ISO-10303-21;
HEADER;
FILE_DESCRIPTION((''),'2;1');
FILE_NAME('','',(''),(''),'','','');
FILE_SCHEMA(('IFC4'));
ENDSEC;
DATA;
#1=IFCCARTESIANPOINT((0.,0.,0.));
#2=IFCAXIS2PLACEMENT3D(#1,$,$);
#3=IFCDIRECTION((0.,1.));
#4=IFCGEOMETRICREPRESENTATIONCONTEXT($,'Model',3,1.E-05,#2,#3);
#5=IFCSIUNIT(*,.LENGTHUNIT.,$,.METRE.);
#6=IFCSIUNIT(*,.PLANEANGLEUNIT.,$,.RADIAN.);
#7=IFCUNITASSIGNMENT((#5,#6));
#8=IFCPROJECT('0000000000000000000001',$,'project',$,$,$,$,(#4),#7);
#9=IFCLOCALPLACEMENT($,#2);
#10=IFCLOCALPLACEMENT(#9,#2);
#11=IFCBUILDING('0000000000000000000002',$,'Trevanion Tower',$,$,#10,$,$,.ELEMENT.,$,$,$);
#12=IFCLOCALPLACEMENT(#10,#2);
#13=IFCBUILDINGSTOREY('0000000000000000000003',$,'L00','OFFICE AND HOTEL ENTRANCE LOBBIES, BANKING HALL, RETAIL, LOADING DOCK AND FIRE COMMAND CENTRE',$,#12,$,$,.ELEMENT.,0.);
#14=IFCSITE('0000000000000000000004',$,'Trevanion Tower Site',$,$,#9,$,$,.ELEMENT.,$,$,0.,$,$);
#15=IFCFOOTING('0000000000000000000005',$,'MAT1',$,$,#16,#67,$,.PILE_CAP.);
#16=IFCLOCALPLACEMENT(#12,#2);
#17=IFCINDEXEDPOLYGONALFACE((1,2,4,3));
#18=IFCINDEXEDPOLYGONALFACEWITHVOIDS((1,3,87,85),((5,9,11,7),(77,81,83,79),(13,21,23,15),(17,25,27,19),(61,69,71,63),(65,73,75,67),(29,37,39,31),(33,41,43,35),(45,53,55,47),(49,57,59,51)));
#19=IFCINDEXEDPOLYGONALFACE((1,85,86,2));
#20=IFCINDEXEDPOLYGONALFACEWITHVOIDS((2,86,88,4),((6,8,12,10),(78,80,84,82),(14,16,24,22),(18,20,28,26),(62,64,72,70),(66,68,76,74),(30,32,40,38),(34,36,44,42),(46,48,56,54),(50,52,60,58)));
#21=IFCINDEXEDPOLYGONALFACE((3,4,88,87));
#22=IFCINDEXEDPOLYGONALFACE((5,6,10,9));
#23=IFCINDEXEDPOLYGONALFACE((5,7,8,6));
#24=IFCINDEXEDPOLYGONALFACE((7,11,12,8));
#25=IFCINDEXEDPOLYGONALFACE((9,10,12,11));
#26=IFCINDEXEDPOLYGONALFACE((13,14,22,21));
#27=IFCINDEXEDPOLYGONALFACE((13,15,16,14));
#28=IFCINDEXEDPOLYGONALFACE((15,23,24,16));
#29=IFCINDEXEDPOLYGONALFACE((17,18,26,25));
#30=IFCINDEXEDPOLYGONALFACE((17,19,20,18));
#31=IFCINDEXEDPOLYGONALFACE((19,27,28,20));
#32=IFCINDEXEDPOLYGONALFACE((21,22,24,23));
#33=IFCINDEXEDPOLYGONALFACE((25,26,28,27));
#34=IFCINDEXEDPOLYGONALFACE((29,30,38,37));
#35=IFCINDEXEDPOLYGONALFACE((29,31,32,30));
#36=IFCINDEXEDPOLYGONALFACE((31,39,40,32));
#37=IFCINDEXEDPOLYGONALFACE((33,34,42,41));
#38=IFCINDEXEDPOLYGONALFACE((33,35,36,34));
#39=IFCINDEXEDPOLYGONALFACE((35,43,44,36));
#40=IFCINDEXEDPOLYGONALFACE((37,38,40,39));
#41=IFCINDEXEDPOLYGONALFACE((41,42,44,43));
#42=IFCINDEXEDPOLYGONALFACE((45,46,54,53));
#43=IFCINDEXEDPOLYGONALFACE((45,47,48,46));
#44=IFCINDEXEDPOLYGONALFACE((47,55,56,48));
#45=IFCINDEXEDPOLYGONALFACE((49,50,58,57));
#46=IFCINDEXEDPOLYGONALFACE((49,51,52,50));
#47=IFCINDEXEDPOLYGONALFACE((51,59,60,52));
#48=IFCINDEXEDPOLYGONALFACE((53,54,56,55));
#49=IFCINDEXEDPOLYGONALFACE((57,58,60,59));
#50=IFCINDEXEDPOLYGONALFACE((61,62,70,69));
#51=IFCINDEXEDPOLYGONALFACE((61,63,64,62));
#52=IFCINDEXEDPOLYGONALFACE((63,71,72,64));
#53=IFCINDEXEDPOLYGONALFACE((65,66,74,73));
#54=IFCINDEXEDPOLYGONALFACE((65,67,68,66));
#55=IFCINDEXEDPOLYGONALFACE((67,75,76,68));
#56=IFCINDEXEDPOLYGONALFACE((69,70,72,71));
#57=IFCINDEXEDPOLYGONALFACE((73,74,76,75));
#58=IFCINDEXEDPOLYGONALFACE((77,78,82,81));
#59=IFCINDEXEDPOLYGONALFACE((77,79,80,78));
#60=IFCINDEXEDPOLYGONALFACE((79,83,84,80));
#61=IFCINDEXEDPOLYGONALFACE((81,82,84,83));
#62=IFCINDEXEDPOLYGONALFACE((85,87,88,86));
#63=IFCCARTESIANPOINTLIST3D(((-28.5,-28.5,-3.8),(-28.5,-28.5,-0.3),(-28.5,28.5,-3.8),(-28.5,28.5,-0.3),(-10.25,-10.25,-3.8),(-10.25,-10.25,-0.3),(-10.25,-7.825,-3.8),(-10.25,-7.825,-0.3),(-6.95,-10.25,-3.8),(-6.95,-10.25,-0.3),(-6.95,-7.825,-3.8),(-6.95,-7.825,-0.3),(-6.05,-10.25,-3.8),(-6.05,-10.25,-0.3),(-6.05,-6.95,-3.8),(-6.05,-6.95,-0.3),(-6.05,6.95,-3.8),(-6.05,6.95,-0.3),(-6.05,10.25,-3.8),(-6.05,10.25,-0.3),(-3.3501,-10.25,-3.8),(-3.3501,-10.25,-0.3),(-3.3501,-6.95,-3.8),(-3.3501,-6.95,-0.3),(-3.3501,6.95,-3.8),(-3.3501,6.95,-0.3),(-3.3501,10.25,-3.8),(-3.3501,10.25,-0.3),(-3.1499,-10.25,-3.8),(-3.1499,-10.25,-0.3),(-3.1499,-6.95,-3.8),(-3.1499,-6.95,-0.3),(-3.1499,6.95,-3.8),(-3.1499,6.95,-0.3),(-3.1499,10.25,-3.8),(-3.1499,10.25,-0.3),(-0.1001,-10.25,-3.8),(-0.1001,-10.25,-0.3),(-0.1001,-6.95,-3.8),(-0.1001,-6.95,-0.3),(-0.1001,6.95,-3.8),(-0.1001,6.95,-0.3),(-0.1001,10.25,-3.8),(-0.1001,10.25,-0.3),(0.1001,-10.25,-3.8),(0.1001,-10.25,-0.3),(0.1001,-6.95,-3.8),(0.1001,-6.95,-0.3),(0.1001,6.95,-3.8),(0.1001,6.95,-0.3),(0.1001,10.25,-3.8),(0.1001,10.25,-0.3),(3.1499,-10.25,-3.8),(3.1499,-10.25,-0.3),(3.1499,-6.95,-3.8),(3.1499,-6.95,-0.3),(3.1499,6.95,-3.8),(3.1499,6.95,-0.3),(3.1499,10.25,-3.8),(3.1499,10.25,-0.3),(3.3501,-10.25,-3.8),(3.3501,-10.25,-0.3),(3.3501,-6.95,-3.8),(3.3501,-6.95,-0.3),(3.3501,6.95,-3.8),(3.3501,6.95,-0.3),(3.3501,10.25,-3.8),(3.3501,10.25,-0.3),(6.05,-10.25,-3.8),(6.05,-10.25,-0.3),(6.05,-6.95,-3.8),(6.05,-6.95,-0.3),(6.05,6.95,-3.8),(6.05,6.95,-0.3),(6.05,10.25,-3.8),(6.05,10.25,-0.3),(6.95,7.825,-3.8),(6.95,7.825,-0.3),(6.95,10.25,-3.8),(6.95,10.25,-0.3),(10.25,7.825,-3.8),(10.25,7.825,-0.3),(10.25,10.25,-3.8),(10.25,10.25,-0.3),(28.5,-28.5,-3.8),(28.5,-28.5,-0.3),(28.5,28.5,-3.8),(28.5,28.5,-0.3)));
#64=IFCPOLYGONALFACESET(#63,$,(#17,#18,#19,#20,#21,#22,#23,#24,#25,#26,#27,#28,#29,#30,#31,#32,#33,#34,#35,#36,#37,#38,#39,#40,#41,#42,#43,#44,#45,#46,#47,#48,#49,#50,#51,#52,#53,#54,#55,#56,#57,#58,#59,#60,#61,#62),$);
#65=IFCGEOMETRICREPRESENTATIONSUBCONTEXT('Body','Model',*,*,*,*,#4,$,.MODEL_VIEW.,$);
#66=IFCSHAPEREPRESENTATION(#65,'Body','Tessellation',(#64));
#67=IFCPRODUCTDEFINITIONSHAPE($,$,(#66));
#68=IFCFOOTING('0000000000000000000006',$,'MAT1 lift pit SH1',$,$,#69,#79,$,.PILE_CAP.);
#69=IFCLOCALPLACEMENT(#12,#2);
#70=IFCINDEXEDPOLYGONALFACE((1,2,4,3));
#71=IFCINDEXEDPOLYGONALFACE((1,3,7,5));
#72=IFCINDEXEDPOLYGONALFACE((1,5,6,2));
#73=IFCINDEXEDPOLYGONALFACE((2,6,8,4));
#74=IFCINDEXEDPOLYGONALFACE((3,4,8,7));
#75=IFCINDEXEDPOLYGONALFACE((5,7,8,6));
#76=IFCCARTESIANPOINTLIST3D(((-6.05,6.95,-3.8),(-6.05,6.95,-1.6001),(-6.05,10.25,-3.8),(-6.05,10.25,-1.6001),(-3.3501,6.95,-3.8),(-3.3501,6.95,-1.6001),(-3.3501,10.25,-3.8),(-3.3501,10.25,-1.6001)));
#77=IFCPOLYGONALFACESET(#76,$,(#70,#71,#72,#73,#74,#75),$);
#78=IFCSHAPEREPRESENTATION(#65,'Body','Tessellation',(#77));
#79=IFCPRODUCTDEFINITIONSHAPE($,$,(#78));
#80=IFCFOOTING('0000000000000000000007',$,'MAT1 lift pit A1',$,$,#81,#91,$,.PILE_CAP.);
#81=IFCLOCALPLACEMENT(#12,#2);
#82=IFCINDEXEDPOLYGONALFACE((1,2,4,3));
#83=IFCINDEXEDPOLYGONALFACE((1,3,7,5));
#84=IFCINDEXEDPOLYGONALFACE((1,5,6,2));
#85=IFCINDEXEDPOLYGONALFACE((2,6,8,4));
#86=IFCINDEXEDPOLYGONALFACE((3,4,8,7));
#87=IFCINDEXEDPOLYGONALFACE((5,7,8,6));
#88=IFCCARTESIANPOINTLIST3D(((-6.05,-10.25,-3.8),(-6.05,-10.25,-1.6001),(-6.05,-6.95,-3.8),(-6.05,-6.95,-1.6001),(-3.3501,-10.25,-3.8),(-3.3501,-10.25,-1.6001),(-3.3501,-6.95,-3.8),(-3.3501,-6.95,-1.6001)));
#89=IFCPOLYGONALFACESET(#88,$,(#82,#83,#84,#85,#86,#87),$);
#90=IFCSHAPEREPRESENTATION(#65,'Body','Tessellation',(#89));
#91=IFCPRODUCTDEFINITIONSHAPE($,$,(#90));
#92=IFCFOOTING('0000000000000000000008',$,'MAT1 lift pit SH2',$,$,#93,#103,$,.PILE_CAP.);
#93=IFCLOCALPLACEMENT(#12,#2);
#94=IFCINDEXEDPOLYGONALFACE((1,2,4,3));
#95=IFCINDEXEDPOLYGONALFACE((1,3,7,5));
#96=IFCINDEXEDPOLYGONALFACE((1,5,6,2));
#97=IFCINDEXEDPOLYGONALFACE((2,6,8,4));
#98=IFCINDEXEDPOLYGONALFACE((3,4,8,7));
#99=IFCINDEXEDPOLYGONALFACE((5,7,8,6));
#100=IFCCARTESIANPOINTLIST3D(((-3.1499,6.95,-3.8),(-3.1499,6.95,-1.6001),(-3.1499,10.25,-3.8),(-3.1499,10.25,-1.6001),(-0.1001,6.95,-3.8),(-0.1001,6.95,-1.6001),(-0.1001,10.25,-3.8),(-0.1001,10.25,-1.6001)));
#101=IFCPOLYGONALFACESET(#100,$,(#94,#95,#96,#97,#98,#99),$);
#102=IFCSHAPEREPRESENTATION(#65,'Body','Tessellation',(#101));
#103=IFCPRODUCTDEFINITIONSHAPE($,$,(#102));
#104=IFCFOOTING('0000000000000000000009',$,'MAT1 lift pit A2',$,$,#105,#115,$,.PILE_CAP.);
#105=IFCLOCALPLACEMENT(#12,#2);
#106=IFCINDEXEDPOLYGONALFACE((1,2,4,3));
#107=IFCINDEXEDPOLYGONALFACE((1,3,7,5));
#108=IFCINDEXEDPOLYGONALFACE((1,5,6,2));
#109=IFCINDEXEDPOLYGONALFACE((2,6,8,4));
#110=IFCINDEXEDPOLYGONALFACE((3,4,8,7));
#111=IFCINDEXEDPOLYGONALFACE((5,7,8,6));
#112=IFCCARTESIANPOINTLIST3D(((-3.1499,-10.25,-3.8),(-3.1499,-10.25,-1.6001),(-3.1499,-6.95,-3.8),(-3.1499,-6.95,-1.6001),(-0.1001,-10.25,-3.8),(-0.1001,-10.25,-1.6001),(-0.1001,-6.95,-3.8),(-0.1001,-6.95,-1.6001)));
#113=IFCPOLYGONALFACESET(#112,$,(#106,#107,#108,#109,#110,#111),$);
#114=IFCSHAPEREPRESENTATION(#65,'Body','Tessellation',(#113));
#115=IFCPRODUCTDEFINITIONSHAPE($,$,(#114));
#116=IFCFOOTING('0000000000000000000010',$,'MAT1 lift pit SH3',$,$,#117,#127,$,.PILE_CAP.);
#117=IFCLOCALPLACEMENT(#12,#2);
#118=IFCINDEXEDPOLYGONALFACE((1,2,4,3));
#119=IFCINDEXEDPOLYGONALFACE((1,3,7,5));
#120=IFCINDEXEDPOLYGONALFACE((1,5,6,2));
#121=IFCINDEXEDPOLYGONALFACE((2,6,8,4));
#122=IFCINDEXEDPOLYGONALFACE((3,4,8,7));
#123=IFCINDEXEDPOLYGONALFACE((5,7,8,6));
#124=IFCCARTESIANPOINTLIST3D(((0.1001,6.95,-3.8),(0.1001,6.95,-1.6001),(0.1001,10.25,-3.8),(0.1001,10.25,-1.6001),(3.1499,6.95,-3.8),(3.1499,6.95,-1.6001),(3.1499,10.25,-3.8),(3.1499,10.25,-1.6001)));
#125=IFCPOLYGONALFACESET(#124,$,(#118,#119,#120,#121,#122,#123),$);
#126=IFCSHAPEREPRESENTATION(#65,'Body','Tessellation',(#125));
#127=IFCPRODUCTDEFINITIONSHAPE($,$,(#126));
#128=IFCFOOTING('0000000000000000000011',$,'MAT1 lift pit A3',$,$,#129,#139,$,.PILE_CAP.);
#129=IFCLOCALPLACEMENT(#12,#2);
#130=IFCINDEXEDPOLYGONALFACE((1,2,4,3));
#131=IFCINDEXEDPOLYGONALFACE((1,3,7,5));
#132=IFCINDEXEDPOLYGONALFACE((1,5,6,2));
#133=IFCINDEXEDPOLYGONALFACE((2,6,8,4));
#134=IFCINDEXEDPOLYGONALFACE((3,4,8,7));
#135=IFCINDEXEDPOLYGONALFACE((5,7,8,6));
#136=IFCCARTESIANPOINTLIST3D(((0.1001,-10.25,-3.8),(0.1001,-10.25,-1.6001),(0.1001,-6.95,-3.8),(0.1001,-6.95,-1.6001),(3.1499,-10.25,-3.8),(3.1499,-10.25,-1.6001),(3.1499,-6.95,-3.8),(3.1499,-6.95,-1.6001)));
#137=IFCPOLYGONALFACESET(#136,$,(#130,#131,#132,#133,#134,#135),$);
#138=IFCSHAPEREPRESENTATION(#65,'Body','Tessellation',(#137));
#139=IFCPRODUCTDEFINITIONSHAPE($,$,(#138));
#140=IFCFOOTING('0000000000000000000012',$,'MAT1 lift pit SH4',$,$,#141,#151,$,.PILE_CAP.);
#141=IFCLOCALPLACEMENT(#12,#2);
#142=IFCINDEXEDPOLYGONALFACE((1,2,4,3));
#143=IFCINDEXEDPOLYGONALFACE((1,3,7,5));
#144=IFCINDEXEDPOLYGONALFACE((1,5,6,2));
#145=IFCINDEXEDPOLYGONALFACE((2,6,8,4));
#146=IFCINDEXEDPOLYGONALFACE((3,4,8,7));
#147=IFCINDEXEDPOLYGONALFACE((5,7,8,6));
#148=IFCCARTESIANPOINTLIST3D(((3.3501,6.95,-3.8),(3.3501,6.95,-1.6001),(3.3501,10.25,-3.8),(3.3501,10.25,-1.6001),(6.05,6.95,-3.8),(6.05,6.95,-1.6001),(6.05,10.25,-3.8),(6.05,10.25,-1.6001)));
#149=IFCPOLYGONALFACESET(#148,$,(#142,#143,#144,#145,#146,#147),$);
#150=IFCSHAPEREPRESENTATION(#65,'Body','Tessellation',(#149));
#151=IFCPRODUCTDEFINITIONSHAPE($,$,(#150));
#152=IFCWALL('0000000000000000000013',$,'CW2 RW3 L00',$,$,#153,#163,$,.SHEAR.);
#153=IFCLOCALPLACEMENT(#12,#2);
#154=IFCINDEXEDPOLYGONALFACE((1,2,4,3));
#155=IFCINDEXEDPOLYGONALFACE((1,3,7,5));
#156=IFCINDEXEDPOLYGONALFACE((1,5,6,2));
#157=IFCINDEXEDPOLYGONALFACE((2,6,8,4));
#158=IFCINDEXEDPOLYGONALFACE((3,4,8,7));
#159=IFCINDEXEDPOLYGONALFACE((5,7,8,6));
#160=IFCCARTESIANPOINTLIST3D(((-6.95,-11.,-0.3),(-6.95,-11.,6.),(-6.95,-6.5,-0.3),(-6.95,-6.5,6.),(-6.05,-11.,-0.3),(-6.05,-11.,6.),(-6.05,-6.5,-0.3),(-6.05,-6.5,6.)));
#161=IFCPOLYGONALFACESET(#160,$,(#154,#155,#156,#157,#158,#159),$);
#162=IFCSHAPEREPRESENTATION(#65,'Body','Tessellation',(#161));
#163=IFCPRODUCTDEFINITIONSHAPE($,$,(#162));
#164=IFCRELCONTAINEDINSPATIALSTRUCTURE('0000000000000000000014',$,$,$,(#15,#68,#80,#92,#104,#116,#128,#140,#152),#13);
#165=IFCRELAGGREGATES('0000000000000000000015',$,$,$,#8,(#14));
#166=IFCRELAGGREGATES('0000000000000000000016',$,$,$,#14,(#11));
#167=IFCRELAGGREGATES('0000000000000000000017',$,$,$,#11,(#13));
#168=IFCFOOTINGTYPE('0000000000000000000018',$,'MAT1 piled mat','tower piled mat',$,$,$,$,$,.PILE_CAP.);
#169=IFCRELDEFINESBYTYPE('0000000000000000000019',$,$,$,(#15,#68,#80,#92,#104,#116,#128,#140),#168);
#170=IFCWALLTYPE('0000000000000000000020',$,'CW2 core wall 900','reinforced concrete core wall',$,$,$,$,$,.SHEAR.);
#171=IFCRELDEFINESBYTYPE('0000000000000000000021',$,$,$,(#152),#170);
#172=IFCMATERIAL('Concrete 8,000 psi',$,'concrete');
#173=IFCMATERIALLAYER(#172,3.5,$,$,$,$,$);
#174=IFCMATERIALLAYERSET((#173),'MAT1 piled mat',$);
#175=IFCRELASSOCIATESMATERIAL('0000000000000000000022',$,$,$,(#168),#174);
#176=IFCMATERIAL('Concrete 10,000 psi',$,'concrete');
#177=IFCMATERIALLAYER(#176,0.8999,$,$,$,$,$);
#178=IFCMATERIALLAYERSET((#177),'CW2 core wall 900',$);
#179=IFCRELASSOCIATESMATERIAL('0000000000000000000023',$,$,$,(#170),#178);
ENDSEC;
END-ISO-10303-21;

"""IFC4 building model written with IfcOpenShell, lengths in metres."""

from ifc_helpers import new_model, si_unit, direction, frame, frame_2d, origin, place, context, subcontext, project, spatial, polyline, rectangle, outline, extrude, material, layer, layer_set, type_object, element, save


model = new_model("IFC4")

# Units and contexts
model_context = context("Model", 3, precision=1e-05, world=origin(), true_north=direction((0.0, 1.0)))
body_context = subcontext(model_context, "Body", "Model", "MODEL_VIEW")
ifc_project = project(units=[si_unit("LENGTHUNIT", "METRE"), si_unit("PLANEANGLEUNIT", "RADIAN")], contexts=[model_context])

# Site, building, storey
site_placement = place(None, origin())
site = spatial("IfcSite", under=ifc_project, at=site_placement, Name="Trevanion Tower Site", CompositionType="ELEMENT", RefElevation=0.0)
building_placement = place(site_placement, origin())
building = spatial("IfcBuilding", under=site, at=building_placement, Name="Trevanion Tower", CompositionType="ELEMENT")
storey_placement = place(building_placement, origin())
storey = spatial("IfcBuildingStorey", under=building, at=storey_placement, Name="L00", Description="OFFICE AND HOTEL ENTRANCE LOBBIES, BANKING HALL, RETAIL, LOADING DOCK AND FIRE COMMAND CENTRE", CompositionType="ELEMENT", Elevation=0.0)

# Footings
ifc_material_1 = material(Name="Concrete 8,000 psi", Category="concrete")
ifc_layer_1 = layer(ifc_material_1, 3.5)
ifc_layer_set_1 = layer_set([ifc_layer_1], Name="MAT1 piled mat")
footing_type = type_object("IfcFootingType", Name="MAT1 piled mat", Description="tower piled mat", PredefinedType="PILE_CAP", material=ifc_layer_set_1)
footing_1_placement = place(storey_placement, frame((0.0, 0.0, -3.8)))
element("IfcFooting", 1, at=footing_1_placement, inside=storey, type_object=footing_type, Name="MAT1", PredefinedType="PILE_CAP", context=body_context, shape_type="SweptSolid", body=[
    extrude(outline(polyline([(28.5, -28.5), (28.5, 28.5), (-28.5, 28.5), (-28.5, -28.5), (28.5, -28.5)]), holes=[polyline([(-6.05, 6.95), (-3.3501, 6.95), (-3.3501, 10.25), (-6.05, 10.25), (-6.05, 6.95)]), polyline([(-6.05, -10.25), (-3.3501, -10.25), (-3.3501, -6.95), (-6.05, -6.95), (-6.05, -10.25)]), polyline([(-3.1499, 6.95), (-0.1001, 6.95), (-0.1001, 10.25), (-3.1499, 10.25), (-3.1499, 6.95)]), polyline([(-3.1499, -10.25), (-0.1001, -10.25), (-0.1001, -6.95), (-3.1499, -6.95), (-3.1499, -10.25)]), polyline([(0.1001, 6.95), (3.1499, 6.95), (3.1499, 10.25), (0.1001, 10.25), (0.1001, 6.95)]), polyline([(0.1001, -10.25), (3.1499, -10.25), (3.1499, -6.95), (0.1001, -6.95), (0.1001, -10.25)]), polyline([(3.3501, 6.95), (6.05, 6.95), (6.05, 10.25), (3.3501, 10.25), (3.3501, 6.95)]), polyline([(3.3501, -10.25), (6.05, -10.25), (6.05, -6.95), (3.3501, -6.95), (3.3501, -10.25)]), polyline([(6.95, 7.825), (10.25, 7.825), (10.25, 10.25), (6.95, 10.25), (6.95, 7.825)]), polyline([(-10.25, -10.25), (-6.95, -10.25), (-6.95, -7.825), (-10.25, -7.825), (-10.25, -10.25)])]), origin(), (0.0, 0.0, 1.0), 3.5),
])
footing_2_placement = place(storey_placement, frame((0.0, 0.0, -3.8)))
element("IfcFooting", 2, at=footing_2_placement, inside=storey, type_object=footing_type, Name="MAT1 lift pit SH1", PredefinedType="PILE_CAP", context=body_context, shape_type="SweptSolid", body=[
    extrude(outline(polyline([(-6.05, 6.95), (-3.3501, 6.95), (-3.3501, 10.25), (-6.05, 10.25), (-6.05, 6.95)])), origin(), (0.0, 0.0, 1.0), 2.2),
])
footing_3_placement = place(storey_placement, frame((0.0, 0.0, -3.8)))
element("IfcFooting", 3, at=footing_3_placement, inside=storey, type_object=footing_type, Name="MAT1 lift pit A1", PredefinedType="PILE_CAP", context=body_context, shape_type="SweptSolid", body=[
    extrude(outline(polyline([(-6.05, -10.25), (-3.3501, -10.25), (-3.3501, -6.95), (-6.05, -6.95), (-6.05, -10.25)])), origin(), (0.0, 0.0, 1.0), 2.2),
])
footing_4_placement = place(storey_placement, frame((0.0, 0.0, -3.8)))
element("IfcFooting", 4, at=footing_4_placement, inside=storey, type_object=footing_type, Name="MAT1 lift pit SH2", PredefinedType="PILE_CAP", context=body_context, shape_type="SweptSolid", body=[
    extrude(outline(polyline([(-3.1499, 6.95), (-0.1001, 6.95), (-0.1001, 10.25), (-3.1499, 10.25), (-3.1499, 6.95)])), origin(), (0.0, 0.0, 1.0), 2.2),
])
footing_5_placement = place(storey_placement, frame((0.0, 0.0, -3.8)))
element("IfcFooting", 5, at=footing_5_placement, inside=storey, type_object=footing_type, Name="MAT1 lift pit A2", PredefinedType="PILE_CAP", context=body_context, shape_type="SweptSolid", body=[
    extrude(outline(polyline([(-3.1499, -10.25), (-0.1001, -10.25), (-0.1001, -6.95), (-3.1499, -6.95), (-3.1499, -10.25)])), origin(), (0.0, 0.0, 1.0), 2.2),
])
footing_6_placement = place(storey_placement, frame((0.0, 0.0, -3.8)))
element("IfcFooting", 6, at=footing_6_placement, inside=storey, type_object=footing_type, Name="MAT1 lift pit SH3", PredefinedType="PILE_CAP", context=body_context, shape_type="SweptSolid", body=[
    extrude(outline(polyline([(0.1001, 6.95), (3.1499, 6.95), (3.1499, 10.25), (0.1001, 10.25), (0.1001, 6.95)])), origin(), (0.0, 0.0, 1.0), 2.2),
])
footing_7_placement = place(storey_placement, frame((0.0, 0.0, -3.8)))
element("IfcFooting", 7, at=footing_7_placement, inside=storey, type_object=footing_type, Name="MAT1 lift pit A3", PredefinedType="PILE_CAP", context=body_context, shape_type="SweptSolid", body=[
    extrude(outline(polyline([(0.1001, -10.25), (3.1499, -10.25), (3.1499, -6.95), (0.1001, -6.95), (0.1001, -10.25)])), origin(), (0.0, 0.0, 1.0), 2.2),
])
footing_8_placement = place(storey_placement, frame((0.0, 0.0, -3.8)))
element("IfcFooting", 8, at=footing_8_placement, inside=storey, type_object=footing_type, Name="MAT1 lift pit SH4", PredefinedType="PILE_CAP", context=body_context, shape_type="SweptSolid", body=[
    extrude(outline(polyline([(3.3501, 6.95), (6.05, 6.95), (6.05, 10.25), (3.3501, 10.25), (3.3501, 6.95)])), origin(), (0.0, 0.0, 1.0), 2.2),
])

# Wall
ifc_material_2 = material(Name="Concrete 10,000 psi", Category="concrete")
ifc_layer_2 = layer(ifc_material_2, 0.8999)
ifc_layer_set_2 = layer_set([ifc_layer_2], Name="CW2 core wall 900")
wall_type_1 = type_object("IfcWallType", Name="CW2 core wall 900", Description="reinforced concrete core wall", PredefinedType="SHEAR", material=ifc_layer_set_2)
wall_1_placement = place(storey_placement, frame((-6.5, -6.5, -0.3), z_axis=(0.0, 0.0, 1.0), x_axis=(0.0, -1.0, 0.0)))
element("IfcWall", 9, at=wall_1_placement, inside=storey, type_object=wall_type_1, Name="CW2 RW3 L00", PredefinedType="SHEAR", context=body_context, shape_type="SweptSolid", body=[
    extrude(rectangle(XDim=4.5, YDim=0.8999, at=frame_2d((2.25, 0.0))), origin(), (0.0, 0.0, 1.0), 6.3),
])

save(model, "model.ifc")
